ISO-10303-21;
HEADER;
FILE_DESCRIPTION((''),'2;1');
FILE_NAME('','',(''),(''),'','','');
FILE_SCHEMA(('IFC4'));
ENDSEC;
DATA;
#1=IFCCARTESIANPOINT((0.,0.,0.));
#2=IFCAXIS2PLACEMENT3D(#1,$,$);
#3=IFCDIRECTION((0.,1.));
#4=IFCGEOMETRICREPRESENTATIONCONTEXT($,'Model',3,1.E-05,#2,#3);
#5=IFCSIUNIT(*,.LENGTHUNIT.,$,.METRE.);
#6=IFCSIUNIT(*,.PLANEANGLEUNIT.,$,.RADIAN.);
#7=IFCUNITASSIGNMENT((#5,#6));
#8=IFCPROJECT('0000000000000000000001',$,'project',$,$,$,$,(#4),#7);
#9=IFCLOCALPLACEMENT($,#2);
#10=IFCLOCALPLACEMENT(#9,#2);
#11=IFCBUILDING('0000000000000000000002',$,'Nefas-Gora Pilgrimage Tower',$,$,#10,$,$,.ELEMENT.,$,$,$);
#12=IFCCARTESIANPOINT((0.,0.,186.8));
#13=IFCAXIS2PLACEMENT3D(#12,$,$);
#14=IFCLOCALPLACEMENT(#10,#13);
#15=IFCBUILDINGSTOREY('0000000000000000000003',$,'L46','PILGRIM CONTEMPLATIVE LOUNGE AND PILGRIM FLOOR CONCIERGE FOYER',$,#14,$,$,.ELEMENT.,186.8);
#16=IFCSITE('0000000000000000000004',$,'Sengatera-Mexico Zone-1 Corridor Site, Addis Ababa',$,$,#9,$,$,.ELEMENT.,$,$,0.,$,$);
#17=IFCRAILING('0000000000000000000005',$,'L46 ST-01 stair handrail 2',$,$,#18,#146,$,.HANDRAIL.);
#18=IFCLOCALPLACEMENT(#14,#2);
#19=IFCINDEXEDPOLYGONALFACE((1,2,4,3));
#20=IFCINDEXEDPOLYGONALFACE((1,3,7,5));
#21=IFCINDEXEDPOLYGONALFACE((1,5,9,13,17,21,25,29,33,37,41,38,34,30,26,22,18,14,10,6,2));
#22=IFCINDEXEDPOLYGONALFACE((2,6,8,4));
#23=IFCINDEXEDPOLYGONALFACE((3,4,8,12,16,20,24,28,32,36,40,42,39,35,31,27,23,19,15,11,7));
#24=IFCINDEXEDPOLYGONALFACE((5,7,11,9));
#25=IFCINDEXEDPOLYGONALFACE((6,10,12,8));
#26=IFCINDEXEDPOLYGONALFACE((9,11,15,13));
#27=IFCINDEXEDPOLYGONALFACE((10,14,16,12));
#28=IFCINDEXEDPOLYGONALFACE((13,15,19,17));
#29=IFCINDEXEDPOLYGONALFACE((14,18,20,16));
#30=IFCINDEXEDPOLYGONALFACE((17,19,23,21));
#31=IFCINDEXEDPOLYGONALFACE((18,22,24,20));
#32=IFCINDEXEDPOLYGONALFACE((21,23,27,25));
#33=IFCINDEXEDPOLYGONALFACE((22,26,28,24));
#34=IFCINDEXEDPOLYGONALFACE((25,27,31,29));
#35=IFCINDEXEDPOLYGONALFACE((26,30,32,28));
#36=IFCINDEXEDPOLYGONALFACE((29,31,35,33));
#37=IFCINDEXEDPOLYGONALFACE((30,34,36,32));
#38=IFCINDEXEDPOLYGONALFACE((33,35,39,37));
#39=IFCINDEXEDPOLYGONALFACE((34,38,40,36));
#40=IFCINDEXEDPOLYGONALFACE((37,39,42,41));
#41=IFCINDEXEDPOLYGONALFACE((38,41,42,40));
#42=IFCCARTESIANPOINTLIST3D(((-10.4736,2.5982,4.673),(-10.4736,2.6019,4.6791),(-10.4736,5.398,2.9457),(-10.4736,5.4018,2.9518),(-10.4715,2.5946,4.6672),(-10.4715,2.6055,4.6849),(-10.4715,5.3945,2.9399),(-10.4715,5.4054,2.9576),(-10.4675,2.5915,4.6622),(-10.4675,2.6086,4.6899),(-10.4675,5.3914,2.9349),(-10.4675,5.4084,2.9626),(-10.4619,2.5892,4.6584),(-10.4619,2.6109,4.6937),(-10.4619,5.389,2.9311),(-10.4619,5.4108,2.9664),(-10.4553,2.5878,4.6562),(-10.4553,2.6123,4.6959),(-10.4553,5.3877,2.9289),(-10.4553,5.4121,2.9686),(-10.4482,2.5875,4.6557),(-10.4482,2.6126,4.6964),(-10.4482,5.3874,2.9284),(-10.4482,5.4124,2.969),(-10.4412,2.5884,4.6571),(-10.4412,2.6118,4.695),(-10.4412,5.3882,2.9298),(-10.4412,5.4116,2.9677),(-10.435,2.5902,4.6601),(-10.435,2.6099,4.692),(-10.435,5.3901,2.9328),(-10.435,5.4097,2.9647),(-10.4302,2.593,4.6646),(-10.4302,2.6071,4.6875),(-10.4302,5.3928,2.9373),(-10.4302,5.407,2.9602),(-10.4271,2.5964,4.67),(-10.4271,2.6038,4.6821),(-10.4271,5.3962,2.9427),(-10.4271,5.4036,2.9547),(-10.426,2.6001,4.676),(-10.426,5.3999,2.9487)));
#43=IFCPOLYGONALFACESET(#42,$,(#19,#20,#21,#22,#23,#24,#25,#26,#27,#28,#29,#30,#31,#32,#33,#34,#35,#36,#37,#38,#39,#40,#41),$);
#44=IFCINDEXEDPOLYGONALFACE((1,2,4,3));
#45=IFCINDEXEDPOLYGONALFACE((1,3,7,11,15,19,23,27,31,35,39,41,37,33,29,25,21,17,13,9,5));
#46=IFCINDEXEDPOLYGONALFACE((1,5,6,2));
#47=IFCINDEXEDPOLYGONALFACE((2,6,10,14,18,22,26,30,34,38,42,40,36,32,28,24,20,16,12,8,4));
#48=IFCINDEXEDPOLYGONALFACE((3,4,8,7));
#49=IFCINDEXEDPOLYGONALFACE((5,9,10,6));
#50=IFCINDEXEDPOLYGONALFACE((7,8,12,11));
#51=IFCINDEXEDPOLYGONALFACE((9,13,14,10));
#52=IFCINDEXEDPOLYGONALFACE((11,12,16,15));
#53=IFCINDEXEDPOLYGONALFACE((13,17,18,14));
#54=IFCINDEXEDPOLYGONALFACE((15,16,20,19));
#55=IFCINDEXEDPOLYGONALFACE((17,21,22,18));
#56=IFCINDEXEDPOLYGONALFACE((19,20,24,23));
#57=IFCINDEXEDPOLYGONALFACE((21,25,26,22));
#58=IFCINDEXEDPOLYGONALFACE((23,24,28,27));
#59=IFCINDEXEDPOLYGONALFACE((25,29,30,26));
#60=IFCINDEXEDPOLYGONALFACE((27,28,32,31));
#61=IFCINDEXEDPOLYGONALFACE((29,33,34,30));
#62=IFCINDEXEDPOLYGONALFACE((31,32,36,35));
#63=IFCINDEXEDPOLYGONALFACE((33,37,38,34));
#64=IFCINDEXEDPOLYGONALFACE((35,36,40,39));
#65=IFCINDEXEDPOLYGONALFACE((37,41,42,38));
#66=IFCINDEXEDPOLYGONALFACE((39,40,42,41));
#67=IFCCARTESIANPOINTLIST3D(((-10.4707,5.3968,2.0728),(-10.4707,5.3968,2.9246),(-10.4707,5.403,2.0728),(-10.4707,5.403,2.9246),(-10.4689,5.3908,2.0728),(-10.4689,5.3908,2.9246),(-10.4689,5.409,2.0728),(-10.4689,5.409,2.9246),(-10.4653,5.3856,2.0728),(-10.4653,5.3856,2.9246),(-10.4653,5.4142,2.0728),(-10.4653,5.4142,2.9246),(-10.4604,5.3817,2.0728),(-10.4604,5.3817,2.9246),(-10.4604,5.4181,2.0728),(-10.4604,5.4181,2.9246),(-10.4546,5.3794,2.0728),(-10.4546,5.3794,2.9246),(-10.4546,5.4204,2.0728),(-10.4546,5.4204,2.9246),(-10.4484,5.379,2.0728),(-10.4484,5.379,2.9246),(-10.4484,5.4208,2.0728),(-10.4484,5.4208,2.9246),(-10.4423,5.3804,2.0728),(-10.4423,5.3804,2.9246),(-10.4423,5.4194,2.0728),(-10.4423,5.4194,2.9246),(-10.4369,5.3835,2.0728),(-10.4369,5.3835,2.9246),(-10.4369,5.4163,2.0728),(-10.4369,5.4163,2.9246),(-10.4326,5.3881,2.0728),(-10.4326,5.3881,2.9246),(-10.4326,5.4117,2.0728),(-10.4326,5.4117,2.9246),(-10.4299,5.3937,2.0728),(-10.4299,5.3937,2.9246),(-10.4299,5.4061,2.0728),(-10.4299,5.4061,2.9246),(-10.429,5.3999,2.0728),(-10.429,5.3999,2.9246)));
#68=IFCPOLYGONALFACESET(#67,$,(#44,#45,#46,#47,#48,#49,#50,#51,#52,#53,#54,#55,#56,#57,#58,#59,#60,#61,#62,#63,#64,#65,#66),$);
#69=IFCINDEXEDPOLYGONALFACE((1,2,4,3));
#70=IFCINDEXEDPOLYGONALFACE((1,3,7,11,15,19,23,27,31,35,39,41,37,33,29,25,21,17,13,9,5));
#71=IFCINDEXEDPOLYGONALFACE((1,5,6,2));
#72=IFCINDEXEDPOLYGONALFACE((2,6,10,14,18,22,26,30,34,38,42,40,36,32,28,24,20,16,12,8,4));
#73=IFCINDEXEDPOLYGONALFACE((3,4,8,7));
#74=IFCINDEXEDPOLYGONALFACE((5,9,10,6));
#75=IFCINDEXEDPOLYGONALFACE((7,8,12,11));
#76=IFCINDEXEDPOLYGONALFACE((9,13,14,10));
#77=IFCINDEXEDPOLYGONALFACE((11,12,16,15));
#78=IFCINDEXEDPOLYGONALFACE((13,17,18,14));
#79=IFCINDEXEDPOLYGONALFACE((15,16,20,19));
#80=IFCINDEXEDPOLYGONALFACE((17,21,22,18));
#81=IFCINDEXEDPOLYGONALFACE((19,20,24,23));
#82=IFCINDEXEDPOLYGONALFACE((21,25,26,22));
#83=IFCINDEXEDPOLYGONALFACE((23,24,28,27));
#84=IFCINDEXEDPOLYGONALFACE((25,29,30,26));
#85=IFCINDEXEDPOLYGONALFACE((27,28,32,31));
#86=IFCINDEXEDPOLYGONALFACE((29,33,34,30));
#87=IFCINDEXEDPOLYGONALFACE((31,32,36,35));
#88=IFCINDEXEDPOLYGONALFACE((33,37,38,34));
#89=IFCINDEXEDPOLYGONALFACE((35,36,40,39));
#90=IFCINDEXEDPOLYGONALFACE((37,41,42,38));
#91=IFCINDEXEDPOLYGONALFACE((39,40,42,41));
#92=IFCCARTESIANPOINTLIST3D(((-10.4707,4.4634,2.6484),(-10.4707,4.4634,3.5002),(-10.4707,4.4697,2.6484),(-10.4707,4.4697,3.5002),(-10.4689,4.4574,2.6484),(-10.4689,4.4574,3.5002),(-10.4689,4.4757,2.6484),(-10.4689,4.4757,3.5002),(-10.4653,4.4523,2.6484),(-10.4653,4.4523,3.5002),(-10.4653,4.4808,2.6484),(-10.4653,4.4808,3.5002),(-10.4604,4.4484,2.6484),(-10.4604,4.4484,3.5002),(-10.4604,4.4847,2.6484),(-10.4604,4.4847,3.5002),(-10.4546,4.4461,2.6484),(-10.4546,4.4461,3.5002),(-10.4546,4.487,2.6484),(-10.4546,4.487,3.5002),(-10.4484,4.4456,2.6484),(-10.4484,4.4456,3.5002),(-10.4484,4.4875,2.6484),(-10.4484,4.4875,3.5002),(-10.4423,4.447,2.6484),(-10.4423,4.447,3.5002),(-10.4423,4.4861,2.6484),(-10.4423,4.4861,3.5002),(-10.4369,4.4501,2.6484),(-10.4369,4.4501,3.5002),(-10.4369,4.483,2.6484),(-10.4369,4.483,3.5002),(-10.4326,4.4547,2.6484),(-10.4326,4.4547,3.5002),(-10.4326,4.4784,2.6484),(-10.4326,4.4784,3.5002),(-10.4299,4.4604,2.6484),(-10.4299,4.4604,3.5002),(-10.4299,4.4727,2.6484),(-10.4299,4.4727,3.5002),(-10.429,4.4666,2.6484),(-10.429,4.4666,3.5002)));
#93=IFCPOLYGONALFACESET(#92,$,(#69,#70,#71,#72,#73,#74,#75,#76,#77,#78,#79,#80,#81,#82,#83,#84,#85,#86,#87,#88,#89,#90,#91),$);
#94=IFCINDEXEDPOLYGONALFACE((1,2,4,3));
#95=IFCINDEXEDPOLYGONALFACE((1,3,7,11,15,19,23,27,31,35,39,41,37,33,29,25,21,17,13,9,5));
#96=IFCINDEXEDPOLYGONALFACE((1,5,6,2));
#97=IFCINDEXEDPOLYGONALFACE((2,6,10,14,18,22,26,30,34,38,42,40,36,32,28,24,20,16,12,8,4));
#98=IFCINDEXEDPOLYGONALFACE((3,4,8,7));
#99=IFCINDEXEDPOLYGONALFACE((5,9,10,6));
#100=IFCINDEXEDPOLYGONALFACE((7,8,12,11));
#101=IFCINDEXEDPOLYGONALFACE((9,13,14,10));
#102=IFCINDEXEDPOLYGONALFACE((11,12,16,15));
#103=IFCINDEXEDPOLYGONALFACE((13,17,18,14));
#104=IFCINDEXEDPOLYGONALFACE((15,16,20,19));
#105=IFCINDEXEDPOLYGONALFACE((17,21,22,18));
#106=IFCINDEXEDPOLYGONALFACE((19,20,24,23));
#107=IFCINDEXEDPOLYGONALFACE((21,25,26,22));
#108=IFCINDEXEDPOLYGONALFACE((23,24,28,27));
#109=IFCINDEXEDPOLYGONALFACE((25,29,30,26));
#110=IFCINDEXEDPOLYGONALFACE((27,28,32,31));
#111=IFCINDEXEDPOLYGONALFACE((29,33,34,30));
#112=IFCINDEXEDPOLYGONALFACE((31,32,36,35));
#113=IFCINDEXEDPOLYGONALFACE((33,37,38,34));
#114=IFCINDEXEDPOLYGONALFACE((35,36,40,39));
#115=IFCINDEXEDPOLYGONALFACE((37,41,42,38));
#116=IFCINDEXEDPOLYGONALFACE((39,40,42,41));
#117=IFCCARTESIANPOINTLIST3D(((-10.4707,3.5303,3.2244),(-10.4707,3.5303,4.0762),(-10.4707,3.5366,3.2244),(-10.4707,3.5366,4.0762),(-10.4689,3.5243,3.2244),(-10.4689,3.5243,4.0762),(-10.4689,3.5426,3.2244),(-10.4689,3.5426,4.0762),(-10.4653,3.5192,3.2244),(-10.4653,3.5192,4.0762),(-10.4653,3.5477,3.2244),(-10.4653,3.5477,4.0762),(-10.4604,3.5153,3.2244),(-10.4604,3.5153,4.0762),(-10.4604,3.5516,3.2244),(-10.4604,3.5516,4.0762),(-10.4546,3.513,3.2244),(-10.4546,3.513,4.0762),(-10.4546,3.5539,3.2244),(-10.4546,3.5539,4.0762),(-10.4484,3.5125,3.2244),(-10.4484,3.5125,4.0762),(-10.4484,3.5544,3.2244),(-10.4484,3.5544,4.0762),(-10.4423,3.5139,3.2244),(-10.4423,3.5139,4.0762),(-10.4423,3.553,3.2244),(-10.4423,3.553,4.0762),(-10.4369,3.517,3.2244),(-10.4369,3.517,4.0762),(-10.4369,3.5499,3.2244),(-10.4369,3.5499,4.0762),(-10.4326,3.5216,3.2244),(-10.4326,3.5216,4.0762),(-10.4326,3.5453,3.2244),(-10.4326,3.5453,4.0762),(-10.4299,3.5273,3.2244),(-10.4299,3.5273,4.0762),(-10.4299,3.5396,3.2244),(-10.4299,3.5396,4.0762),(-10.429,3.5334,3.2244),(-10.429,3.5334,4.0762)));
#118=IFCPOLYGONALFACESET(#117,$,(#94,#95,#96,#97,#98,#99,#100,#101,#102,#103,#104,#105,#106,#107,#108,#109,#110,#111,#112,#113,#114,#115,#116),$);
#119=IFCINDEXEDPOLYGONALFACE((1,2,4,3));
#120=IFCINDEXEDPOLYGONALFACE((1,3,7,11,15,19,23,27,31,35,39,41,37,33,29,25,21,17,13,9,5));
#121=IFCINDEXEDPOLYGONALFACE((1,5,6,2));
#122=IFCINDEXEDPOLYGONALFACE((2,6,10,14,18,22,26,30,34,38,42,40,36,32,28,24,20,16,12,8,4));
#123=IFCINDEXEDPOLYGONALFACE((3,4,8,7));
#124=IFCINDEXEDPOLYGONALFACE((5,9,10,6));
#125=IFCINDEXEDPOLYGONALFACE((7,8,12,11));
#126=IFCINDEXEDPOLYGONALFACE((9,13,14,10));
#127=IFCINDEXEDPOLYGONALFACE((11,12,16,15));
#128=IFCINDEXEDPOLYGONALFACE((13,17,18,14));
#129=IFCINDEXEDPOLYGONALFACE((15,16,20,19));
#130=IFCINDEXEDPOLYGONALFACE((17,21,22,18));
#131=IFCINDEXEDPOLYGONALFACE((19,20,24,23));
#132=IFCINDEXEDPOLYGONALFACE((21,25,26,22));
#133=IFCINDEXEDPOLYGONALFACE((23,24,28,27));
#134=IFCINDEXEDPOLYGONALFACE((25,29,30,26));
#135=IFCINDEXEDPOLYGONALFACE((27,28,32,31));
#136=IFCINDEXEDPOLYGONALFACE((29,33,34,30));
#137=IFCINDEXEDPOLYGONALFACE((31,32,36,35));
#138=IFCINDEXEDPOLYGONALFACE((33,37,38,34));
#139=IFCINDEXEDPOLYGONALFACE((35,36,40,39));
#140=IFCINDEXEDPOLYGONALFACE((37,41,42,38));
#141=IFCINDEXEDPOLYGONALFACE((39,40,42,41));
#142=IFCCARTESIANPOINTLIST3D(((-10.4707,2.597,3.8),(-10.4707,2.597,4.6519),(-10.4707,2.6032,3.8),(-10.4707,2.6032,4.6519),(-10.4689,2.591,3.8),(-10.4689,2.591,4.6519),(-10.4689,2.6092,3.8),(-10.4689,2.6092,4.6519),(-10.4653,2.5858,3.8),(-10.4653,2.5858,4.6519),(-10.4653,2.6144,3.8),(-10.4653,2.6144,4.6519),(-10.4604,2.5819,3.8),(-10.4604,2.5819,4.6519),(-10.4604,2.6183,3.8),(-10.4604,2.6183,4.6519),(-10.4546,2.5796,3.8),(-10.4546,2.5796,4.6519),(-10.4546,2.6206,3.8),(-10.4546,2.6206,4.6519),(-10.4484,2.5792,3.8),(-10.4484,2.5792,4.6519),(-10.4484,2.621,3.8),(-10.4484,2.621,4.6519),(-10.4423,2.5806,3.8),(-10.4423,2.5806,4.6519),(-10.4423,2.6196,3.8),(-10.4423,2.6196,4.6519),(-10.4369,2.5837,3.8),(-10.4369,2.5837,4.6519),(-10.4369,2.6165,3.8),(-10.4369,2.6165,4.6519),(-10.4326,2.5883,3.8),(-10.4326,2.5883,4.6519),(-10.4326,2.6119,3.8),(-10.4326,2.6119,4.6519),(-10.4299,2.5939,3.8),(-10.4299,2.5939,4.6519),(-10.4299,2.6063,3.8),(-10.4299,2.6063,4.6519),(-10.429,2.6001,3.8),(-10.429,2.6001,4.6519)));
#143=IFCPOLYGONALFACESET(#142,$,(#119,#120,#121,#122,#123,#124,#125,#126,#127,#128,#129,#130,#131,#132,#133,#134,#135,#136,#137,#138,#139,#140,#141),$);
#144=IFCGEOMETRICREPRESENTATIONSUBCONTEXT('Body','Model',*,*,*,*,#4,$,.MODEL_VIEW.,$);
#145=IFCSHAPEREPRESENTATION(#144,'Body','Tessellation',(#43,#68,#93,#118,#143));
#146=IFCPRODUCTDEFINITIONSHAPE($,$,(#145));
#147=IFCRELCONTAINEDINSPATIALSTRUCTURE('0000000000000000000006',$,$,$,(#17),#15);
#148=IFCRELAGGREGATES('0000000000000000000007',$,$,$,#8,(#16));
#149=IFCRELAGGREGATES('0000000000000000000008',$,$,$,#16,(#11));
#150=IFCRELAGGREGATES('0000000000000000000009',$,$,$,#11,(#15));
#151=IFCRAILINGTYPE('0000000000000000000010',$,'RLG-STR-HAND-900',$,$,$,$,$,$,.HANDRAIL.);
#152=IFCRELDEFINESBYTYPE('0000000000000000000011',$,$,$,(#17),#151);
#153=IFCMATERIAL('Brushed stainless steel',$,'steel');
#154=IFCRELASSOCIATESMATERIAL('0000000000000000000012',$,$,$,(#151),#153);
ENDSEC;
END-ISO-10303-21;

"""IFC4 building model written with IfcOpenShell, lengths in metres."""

from ifc_helpers import new_model, si_unit, direction, frame, origin, origin_2d, place, context, subcontext, project, spatial, circle, extrude, material, type_object, element, save


model = new_model("IFC4")

# Units and contexts
model_context = context("Model", 3, precision=1e-05, world=origin(), true_north=direction((0.0, 1.0)))
body_context = subcontext(model_context, "Body", "Model", "MODEL_VIEW")
ifc_project = project(units=[si_unit("LENGTHUNIT", "METRE"), si_unit("PLANEANGLEUNIT", "RADIAN")], contexts=[model_context])

# Site, building, storey
site_placement = place(None, origin())
site = spatial("IfcSite", under=ifc_project, at=site_placement, Name="Sengatera-Mexico Zone-1 Corridor Site, Addis Ababa", CompositionType="ELEMENT", RefElevation=0.0)
building_placement = place(site_placement, origin())
building = spatial("IfcBuilding", under=site, at=building_placement, Name="Nefas-Gora Pilgrimage Tower", CompositionType="ELEMENT")
storey_placement = place(building_placement, frame((0.0, 0.0, 186.8)))
storey = spatial("IfcBuildingStorey", under=building, at=storey_placement, Name="L46", Description="PILGRIM CONTEMPLATIVE LOUNGE AND PILGRIM FLOOR CONCIERGE FOYER", CompositionType="ELEMENT", Elevation=186.8)

# Railing
ifc_material_1 = material(Name="Brushed stainless steel", Category="steel")
railing_type_1 = type_object("IfcRailingType", Name="RLG-STR-HAND-900", PredefinedType="HANDRAIL", material=ifc_material_1)
railing_1_placement = place(storey_placement, frame((-10.45, 5.3999, 2.0728)))
element("IfcRailing", 1, at=railing_1_placement, inside=storey, type_object=railing_type_1, Name="L46 ST-01 stair handrail 2", PredefinedType="HANDRAIL", context=body_context, shape_type="SweptSolid", body=[
    extrude(circle(Radius=0.0239, at=origin_2d()), frame((0.0, 0.0, 0.876), z_axis=(0.0, -0.851069, 0.525054), x_axis=(1.0, 0.0, 0.0)), (0.0, 0.0, 1.0), 3.2898),
    extrude(circle(Radius=0.021, at=origin_2d()), origin(), (0.0, 0.0, 1.0), 0.8518),
    extrude(circle(Radius=0.021, at=origin_2d()), frame((0.0, -0.9333, 0.5757)), (0.0, 0.0, 1.0), 0.8518),
    extrude(circle(Radius=0.021, at=origin_2d()), frame((0.0, -1.8665, 1.1516)), (0.0, 0.0, 1.0), 0.8518),
    extrude(circle(Radius=0.021, at=origin_2d()), frame((0.0, -2.7998, 1.7273)), (0.0, 0.0, 1.0), 0.8518),
])

save(model, "model.ifc")
